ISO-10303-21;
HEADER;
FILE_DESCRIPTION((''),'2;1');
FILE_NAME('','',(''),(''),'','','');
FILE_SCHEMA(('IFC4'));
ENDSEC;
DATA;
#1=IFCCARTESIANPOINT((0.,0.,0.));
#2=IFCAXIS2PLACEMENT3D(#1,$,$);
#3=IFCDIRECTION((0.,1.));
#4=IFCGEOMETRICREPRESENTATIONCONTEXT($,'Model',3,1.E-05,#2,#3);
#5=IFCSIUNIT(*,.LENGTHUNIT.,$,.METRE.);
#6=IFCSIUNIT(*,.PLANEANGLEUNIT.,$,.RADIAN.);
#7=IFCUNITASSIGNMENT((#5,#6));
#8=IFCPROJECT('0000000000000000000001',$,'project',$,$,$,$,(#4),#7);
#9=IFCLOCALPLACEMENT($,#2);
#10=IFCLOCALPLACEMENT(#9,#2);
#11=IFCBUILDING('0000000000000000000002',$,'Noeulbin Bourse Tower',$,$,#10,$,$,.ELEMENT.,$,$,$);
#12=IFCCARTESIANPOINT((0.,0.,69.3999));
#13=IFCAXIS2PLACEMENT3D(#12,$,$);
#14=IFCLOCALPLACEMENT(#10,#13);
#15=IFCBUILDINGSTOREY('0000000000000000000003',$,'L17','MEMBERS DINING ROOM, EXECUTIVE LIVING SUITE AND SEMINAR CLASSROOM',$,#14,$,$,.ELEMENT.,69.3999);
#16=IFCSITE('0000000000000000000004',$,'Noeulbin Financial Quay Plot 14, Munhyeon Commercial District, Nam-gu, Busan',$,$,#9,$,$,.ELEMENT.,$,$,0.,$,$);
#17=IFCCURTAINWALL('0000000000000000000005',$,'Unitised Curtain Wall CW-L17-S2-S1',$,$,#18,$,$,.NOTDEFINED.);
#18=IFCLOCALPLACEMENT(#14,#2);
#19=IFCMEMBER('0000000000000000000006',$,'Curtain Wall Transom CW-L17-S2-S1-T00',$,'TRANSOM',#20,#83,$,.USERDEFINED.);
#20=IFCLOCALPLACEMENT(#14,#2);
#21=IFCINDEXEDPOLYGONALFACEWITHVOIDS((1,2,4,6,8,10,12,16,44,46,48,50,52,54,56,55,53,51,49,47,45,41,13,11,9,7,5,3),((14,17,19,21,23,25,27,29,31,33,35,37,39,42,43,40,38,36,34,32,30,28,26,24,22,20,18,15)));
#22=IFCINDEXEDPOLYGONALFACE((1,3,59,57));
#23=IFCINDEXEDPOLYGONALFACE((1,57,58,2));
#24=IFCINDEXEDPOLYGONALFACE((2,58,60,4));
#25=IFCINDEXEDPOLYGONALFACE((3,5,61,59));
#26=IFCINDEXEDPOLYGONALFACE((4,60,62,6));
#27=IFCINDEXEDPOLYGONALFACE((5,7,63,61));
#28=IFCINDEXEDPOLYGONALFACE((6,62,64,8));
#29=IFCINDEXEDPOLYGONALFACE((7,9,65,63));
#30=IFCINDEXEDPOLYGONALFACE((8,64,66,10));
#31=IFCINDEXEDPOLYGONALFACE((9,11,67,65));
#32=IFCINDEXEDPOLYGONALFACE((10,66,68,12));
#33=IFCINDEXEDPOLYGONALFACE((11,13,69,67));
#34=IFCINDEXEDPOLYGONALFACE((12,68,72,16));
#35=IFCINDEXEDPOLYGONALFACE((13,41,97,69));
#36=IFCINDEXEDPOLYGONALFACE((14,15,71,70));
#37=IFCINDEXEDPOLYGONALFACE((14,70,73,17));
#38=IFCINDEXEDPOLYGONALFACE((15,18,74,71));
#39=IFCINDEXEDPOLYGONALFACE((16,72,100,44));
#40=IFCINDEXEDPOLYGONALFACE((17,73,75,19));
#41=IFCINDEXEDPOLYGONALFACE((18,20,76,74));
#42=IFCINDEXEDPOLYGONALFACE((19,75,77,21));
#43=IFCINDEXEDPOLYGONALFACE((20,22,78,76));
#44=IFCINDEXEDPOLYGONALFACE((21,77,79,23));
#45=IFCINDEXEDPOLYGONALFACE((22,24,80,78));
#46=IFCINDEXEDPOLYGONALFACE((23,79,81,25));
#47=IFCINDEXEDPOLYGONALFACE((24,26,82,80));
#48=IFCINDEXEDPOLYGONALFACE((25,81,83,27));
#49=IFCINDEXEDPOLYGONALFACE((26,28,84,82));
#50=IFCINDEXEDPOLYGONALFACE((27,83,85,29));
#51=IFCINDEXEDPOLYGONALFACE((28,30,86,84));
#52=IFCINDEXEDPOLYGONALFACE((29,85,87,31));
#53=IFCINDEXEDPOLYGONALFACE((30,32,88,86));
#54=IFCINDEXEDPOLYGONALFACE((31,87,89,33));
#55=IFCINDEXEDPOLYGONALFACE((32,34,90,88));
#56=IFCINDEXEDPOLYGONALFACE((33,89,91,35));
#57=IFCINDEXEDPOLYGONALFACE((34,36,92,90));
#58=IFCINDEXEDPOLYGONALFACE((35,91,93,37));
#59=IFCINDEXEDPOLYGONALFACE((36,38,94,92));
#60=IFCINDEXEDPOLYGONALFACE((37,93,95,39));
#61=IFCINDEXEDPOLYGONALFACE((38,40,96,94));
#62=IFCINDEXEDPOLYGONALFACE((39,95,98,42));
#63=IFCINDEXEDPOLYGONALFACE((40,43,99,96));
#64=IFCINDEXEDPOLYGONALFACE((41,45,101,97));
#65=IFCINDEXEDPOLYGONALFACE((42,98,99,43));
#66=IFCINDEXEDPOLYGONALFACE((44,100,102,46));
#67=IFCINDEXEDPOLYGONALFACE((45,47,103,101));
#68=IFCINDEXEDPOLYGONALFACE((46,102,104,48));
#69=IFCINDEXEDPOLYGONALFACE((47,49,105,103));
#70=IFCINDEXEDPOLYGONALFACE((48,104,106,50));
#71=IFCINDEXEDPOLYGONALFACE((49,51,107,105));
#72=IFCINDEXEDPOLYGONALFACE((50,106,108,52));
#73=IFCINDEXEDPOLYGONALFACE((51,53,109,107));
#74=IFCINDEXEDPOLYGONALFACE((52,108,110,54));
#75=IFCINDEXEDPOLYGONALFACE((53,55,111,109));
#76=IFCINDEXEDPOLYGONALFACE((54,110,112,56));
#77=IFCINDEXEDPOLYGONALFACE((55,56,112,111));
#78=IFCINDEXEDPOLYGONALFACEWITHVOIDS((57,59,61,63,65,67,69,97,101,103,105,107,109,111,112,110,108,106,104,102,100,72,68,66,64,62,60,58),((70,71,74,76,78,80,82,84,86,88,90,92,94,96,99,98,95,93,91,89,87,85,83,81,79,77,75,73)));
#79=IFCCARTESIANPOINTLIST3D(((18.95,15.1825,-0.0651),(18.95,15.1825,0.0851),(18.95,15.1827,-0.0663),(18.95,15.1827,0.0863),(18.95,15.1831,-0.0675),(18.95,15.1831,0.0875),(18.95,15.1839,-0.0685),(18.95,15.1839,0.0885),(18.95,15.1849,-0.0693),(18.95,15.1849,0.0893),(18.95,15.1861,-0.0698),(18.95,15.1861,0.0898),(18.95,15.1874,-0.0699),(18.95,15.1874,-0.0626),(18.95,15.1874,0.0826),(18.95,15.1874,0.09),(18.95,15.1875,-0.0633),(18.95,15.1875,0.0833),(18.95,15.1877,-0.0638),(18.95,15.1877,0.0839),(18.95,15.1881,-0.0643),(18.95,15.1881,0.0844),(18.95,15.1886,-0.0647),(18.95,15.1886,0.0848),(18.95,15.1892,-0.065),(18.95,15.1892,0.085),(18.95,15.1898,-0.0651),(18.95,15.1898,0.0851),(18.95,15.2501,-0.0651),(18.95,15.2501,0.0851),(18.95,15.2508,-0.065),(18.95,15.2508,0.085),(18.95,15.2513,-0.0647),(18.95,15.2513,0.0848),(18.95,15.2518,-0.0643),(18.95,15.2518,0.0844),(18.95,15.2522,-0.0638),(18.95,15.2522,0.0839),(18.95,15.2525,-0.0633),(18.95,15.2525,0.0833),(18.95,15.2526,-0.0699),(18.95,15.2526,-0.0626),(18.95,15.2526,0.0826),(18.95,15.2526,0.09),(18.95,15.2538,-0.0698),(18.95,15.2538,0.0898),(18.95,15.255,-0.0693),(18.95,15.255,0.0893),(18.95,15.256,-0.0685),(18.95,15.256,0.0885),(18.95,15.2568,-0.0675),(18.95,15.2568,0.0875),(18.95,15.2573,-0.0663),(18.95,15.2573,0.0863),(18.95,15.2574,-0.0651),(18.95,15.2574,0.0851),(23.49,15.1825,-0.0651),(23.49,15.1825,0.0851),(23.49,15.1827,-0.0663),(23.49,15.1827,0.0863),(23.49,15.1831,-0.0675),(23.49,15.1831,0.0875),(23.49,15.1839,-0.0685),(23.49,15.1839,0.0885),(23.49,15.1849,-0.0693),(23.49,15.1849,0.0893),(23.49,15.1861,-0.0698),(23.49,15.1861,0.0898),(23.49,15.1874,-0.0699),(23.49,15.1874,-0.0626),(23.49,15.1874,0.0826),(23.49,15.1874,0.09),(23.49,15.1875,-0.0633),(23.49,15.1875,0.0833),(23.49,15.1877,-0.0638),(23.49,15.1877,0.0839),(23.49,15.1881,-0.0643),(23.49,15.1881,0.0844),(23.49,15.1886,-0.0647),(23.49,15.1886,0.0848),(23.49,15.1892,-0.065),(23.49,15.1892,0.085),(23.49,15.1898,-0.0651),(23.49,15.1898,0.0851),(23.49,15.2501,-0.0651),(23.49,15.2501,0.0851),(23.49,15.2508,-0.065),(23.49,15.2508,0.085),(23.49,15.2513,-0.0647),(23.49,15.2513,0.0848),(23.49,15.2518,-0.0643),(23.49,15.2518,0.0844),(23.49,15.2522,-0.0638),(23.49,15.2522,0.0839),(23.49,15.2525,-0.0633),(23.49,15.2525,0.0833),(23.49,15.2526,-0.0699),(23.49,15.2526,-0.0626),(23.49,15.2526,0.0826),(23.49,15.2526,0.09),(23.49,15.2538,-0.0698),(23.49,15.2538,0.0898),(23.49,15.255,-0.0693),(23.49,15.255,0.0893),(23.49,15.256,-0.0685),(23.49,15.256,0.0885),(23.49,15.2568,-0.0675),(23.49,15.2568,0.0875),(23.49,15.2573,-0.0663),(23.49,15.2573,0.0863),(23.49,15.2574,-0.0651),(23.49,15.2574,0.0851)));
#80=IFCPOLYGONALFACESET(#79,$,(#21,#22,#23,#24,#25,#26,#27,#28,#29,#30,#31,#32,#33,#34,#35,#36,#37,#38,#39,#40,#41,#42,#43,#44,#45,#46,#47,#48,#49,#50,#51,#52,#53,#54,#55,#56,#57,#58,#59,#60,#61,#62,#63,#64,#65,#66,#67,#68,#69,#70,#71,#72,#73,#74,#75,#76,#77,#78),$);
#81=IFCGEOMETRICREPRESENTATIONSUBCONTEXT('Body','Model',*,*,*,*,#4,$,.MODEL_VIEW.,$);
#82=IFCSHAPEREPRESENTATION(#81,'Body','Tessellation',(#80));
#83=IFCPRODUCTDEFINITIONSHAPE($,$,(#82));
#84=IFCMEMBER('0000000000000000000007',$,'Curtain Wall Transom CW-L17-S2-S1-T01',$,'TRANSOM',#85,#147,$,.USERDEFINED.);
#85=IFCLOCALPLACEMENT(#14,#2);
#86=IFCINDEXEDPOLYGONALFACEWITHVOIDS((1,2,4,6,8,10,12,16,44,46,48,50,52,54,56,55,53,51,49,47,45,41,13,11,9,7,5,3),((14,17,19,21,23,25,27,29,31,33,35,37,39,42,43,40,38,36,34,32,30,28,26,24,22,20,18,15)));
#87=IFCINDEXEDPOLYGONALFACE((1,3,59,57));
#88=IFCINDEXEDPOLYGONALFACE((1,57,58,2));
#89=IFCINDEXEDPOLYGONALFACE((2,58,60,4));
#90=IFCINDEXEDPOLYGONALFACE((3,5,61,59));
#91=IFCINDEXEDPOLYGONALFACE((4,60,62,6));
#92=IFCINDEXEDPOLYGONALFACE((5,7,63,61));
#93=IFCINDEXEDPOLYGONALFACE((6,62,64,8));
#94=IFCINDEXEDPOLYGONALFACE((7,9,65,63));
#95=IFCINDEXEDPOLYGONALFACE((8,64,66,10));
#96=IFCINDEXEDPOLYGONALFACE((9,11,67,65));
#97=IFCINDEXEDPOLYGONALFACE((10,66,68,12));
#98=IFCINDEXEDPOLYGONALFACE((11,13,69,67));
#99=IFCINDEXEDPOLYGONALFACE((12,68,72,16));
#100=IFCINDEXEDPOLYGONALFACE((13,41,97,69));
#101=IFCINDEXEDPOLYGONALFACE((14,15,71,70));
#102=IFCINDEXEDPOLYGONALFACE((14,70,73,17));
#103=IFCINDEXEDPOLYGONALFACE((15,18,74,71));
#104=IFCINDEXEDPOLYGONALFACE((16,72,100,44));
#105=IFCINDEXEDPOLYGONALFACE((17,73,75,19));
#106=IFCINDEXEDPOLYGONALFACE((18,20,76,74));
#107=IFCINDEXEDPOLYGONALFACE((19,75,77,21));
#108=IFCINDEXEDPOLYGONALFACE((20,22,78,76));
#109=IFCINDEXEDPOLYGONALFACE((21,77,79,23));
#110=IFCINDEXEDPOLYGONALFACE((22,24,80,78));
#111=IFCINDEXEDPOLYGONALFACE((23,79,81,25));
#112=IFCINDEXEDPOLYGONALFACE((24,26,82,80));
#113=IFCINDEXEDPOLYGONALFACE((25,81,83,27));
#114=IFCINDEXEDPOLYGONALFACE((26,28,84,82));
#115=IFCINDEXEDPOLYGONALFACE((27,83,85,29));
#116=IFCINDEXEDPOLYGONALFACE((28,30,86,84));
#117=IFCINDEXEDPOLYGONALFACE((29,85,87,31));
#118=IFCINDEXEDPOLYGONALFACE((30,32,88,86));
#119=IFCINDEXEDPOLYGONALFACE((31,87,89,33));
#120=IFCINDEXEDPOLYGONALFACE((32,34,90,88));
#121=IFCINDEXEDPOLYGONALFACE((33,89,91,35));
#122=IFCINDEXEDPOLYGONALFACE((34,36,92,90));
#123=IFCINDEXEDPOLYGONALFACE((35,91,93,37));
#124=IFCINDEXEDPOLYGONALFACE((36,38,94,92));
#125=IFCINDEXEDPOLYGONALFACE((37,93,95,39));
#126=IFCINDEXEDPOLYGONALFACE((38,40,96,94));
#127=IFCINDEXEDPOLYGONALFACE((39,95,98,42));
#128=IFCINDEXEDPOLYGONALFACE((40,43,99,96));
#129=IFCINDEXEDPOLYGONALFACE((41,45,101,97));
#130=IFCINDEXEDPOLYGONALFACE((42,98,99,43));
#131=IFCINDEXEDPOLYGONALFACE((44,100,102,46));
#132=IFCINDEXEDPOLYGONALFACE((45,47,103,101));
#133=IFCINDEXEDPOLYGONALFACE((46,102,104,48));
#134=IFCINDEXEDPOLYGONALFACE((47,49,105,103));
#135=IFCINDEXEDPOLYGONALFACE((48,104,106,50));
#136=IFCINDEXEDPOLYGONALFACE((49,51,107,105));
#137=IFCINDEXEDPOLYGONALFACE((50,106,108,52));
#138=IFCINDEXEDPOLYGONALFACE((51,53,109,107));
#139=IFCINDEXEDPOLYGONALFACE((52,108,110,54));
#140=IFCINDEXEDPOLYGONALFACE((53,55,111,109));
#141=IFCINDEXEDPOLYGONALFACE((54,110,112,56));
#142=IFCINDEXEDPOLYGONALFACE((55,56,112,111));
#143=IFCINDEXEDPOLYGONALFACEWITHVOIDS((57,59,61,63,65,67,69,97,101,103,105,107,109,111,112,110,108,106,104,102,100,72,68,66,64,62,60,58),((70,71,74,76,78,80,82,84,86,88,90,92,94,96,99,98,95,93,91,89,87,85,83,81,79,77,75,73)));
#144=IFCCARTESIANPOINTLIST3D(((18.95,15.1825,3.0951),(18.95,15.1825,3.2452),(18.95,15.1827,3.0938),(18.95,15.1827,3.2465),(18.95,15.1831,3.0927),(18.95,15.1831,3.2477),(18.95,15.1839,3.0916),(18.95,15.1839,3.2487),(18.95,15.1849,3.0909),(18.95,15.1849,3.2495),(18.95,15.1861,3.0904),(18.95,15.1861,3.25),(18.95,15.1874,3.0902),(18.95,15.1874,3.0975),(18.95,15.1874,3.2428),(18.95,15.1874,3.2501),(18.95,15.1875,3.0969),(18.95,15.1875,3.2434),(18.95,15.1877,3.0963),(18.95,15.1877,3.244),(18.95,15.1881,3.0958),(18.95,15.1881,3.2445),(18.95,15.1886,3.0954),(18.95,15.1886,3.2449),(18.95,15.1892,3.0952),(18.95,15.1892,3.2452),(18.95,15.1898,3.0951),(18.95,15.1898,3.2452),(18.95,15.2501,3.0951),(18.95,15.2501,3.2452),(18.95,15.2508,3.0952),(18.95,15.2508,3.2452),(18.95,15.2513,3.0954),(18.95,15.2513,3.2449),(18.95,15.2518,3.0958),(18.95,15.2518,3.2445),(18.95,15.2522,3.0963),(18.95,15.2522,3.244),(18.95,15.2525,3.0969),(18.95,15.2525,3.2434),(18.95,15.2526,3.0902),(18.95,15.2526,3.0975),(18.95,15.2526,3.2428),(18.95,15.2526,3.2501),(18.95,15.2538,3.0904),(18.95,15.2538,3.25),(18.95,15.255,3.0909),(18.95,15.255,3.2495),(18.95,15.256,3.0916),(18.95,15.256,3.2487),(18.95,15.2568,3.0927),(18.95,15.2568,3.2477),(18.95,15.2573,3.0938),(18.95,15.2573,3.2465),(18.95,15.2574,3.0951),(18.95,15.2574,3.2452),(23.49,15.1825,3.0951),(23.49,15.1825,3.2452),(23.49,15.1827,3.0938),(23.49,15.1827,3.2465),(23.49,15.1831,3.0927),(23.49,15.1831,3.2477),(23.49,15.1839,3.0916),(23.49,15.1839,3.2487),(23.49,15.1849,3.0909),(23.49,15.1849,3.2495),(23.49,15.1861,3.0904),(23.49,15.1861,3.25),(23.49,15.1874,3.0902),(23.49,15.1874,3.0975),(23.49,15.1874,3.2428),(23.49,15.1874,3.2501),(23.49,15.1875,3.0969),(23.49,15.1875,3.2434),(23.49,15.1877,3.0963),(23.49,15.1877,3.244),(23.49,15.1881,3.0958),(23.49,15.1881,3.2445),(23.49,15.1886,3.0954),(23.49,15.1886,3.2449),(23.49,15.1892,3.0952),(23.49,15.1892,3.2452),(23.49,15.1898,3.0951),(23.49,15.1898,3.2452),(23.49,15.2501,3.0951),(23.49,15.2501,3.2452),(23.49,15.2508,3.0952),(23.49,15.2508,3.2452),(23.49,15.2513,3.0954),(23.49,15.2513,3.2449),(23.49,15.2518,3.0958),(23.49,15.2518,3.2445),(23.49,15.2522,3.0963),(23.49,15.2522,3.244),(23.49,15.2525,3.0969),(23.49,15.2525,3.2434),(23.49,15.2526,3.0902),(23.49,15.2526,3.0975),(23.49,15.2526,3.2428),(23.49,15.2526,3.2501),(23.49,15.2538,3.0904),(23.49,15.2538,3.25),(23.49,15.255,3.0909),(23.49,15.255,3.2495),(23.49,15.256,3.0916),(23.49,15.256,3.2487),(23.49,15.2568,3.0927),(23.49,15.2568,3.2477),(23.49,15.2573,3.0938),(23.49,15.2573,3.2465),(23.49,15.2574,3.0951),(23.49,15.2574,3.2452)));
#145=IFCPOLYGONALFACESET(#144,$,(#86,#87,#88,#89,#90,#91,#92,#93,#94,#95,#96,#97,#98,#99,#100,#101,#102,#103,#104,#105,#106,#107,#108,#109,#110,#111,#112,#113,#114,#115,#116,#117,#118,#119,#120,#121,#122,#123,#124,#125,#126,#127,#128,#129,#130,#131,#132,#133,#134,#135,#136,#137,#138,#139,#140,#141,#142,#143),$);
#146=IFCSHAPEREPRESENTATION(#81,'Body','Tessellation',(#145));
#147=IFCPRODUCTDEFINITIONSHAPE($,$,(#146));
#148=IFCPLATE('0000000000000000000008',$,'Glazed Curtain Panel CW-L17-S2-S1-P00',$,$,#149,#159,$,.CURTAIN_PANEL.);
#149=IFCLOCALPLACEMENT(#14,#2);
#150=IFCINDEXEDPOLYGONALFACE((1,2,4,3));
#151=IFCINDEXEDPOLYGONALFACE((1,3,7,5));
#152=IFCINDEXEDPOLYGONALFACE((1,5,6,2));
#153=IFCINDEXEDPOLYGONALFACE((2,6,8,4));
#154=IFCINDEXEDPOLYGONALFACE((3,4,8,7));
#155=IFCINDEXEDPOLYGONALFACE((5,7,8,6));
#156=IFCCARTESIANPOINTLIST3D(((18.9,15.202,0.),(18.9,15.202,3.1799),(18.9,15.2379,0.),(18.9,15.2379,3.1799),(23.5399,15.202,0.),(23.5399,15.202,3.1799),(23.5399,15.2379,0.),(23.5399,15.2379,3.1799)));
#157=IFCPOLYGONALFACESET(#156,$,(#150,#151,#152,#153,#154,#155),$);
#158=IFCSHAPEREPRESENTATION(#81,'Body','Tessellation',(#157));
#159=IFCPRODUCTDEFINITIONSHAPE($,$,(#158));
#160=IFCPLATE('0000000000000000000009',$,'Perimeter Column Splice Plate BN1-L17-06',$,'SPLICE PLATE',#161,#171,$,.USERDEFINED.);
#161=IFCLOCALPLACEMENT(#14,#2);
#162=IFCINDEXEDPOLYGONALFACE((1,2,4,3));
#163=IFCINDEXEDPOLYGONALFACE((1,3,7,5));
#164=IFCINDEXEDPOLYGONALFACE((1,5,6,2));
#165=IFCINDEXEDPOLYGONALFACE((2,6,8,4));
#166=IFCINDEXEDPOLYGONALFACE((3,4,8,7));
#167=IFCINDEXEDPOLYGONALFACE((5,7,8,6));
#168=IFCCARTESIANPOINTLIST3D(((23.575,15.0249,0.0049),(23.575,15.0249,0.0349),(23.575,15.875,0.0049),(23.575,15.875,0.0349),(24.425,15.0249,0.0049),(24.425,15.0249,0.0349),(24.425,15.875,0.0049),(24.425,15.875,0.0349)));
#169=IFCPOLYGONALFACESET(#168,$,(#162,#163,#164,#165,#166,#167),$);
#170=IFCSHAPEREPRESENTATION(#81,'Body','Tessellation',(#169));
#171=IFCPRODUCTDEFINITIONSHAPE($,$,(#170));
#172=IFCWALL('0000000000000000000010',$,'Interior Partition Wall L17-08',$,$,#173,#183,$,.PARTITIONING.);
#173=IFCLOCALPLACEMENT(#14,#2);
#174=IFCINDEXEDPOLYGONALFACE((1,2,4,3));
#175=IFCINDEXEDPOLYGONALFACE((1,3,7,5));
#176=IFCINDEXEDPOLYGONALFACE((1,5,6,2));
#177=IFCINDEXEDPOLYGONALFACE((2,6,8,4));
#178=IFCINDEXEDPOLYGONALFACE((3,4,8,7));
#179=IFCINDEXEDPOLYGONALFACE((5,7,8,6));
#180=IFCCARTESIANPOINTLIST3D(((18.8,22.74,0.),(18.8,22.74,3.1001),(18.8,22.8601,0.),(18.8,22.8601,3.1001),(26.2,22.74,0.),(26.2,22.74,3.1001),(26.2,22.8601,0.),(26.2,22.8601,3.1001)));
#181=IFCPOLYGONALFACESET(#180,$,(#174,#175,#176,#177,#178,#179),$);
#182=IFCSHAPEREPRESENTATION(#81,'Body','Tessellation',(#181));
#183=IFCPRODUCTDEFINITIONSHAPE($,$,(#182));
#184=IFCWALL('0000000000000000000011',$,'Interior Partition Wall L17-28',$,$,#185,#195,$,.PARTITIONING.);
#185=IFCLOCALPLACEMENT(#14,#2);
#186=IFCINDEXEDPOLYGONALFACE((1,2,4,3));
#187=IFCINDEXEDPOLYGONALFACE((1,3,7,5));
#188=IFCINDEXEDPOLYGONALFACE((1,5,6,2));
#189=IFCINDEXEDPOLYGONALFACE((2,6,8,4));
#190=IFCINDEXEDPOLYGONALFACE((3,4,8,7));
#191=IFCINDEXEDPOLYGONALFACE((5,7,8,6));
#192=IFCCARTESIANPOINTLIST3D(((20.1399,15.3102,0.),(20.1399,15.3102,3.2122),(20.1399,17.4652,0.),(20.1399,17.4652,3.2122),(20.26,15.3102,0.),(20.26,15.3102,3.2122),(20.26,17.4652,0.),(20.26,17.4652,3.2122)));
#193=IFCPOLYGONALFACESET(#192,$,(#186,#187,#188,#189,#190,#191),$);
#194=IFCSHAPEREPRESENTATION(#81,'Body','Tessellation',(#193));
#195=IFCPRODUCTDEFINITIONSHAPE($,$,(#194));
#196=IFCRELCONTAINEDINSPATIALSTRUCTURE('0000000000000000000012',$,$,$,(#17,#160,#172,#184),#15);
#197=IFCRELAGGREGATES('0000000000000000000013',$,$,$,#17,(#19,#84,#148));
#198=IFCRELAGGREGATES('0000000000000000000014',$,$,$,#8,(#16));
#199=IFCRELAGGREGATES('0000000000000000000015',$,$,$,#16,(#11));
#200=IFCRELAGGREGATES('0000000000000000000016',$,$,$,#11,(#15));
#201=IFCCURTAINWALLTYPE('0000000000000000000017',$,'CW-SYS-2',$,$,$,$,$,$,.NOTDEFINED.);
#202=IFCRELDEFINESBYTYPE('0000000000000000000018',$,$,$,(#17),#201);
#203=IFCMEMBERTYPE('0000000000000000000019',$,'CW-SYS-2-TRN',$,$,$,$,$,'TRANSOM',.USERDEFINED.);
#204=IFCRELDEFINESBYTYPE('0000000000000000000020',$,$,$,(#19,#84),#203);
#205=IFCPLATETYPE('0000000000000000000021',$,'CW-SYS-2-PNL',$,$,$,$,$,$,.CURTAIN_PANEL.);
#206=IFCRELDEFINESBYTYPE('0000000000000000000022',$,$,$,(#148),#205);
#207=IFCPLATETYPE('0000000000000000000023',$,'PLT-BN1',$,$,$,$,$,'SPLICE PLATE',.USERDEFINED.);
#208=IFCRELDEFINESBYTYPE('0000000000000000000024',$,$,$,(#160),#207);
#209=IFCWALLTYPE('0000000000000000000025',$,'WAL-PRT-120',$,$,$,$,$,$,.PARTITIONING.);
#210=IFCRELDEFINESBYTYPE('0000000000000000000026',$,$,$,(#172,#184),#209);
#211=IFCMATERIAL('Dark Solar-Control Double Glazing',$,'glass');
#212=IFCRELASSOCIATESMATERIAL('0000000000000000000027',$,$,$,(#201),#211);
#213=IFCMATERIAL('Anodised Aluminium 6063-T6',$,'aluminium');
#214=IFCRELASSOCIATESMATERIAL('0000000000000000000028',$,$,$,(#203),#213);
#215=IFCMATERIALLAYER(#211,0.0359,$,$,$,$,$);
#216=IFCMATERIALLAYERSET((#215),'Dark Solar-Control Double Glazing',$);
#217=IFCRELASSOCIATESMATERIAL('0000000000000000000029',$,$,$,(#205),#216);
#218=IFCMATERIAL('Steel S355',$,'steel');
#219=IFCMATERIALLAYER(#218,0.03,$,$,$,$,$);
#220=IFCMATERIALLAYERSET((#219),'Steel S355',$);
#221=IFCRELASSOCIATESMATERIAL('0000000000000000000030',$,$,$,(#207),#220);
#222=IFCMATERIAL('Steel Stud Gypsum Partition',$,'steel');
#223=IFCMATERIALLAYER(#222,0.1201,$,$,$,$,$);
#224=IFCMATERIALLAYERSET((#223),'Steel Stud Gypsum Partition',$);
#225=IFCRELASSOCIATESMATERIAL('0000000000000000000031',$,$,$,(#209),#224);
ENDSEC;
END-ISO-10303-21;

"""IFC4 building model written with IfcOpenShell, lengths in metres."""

from ifc_helpers import new_model, si_unit, direction, frame, frame_2d, origin, origin_2d, place, context, subcontext, project, spatial, rectangle, hollow_rectangle, extrude, material, layer, layer_set, material_profile, profile_set, type_object, element, aggregate, save


model = new_model("IFC4")

# Units and contexts
model_context = context("Model", 3, precision=1e-05, world=origin(), true_north=direction((0.0, 1.0)))
body_context = subcontext(model_context, "Body", "Model", "MODEL_VIEW")
ifc_project = project(units=[si_unit("LENGTHUNIT", "METRE"), si_unit("PLANEANGLEUNIT", "RADIAN")], contexts=[model_context])

# Site, building, storey
site_placement = place(None, origin())
site = spatial("IfcSite", under=ifc_project, at=site_placement, Name="Noeulbin Financial Quay Plot 14, Munhyeon Commercial District, Nam-gu, Busan", CompositionType="ELEMENT", RefElevation=0.0)
building_placement = place(site_placement, origin())
building = spatial("IfcBuilding", under=site, at=building_placement, Name="Noeulbin Bourse Tower", CompositionType="ELEMENT")
storey_placement = place(building_placement, frame((0.0, 0.0, 69.3999)))
storey = spatial("IfcBuildingStorey", under=building, at=storey_placement, Name="L17", Description="MEMBERS DINING ROOM, EXECUTIVE LIVING SUITE AND SEMINAR CLASSROOM", CompositionType="ELEMENT", Elevation=69.3999)

# Shared definitions
ifc_material_1 = material(Name="Steel S355", Category="steel")

# Curtain wall, members, plate
ifc_material_2 = material(Name="Dark Solar-Control Double Glazing", Category="glass")
curtain_wall_type = type_object("IfcCurtainWallType", Name="CW-SYS-2", PredefinedType="NOTDEFINED", material=ifc_material_2)
curtain_wall_placement = place(storey_placement, origin())
curtain_wall = element("IfcCurtainWall", 1, at=curtain_wall_placement, inside=storey, type_object=curtain_wall_type, Name="Unitised Curtain Wall CW-L17-S2-S1", PredefinedType="NOTDEFINED")
ifc_material_3 = material(Name="Anodised Aluminium 6063-T6", Category="aluminium")
ifc_material_profile_1 = material_profile(ifc_material_3, hollow_rectangle(XDim=0.075, YDim=0.1599, WallThickness=0.0049, InnerFilletRadius=0.0024, OuterFilletRadius=0.0049, at=origin_2d()), Name="ALU-TRAN-75x160x5", Category="LoadBearing")
ifc_profile_set_1 = profile_set([ifc_material_profile_1], Name="Anodised Aluminium 6063-T6")
member_type_1 = type_object("IfcMemberType", Name="CW-SYS-2-TRN", ElementType="TRANSOM", PredefinedType="USERDEFINED", material=ifc_profile_set_1)
member_1_placement = place(storey_placement, frame((18.95, 15.22, 0.01), z_axis=(1.0, 0.0, 0.0), x_axis=(0.0, 1.0, 0.0)))
member_1 = element("IfcMember", 2, at=member_1_placement, type_object=member_type_1, Name="Curtain Wall Transom CW-L17-S2-S1-T00", ObjectType="TRANSOM", PredefinedType="USERDEFINED", context=body_context, shape_type="SweptSolid", body=[
    extrude(hollow_rectangle(XDim=0.075, YDim=0.1599, WallThickness=0.0049, InnerFilletRadius=0.0024, OuterFilletRadius=0.0049, at=origin_2d()), origin(), (0.0, 0.0, 1.0), 4.54),
])
member_2_placement = place(storey_placement, frame((18.95, 15.22, 3.1702), z_axis=(1.0, 0.0, 0.0), x_axis=(0.0, 1.0, 0.0)))
member_2 = element("IfcMember", 3, at=member_2_placement, type_object=member_type_1, Name="Curtain Wall Transom CW-L17-S2-S1-T01", ObjectType="TRANSOM", PredefinedType="USERDEFINED", context=body_context, shape_type="SweptSolid", body=[
    extrude(hollow_rectangle(XDim=0.075, YDim=0.1599, WallThickness=0.0049, InnerFilletRadius=0.0024, OuterFilletRadius=0.0049, at=origin_2d()), origin(), (0.0, 0.0, 1.0), 4.54),
])
ifc_layer_1 = layer(ifc_material_2, 0.0359)
ifc_layer_set_1 = layer_set([ifc_layer_1], Name="Dark Solar-Control Double Glazing")
plate_type_1 = type_object("IfcPlateType", Name="CW-SYS-2-PNL", PredefinedType="CURTAIN_PANEL", material=ifc_layer_set_1)
plate_1_placement = place(storey_placement, frame((21.22, 15.22, 0.0), z_axis=(0.0, 0.0, 1.0), x_axis=(1.0, 0.0, 0.0)))
plate_1 = element("IfcPlate", 4, at=plate_1_placement, type_object=plate_type_1, Name="Glazed Curtain Panel CW-L17-S2-S1-P00", PredefinedType="CURTAIN_PANEL", context=body_context, shape_type="SweptSolid", body=[
    extrude(rectangle(XDim=4.6399, YDim=0.0359, at=origin_2d()), origin(), (0.0, 0.0, 1.0), 3.1799),
])
aggregate(curtain_wall, [member_1, member_2, plate_1])

# Plate
ifc_layer_2 = layer(ifc_material_1, 0.03)
ifc_layer_set_2 = layer_set([ifc_layer_2], Name="Steel S355")
plate_type_2 = type_object("IfcPlateType", Name="PLT-BN1", ElementType="SPLICE PLATE", PredefinedType="USERDEFINED", material=ifc_layer_set_2)
plate_2_placement = place(storey_placement, frame((24.0, 15.45, 0.0049), z_axis=(0.0, 0.0, 1.0), x_axis=(1.0, 0.0, 0.0)))
element("IfcPlate", 5, at=plate_2_placement, inside=storey, type_object=plate_type_2, Name="Perimeter Column Splice Plate BN1-L17-06", ObjectType="SPLICE PLATE", PredefinedType="USERDEFINED", context=body_context, shape_type="SweptSolid", body=[
    extrude(rectangle(XDim=0.8501, YDim=0.8501, at=origin_2d()), origin(), (0.0, 0.0, 1.0), 0.03),
])

# Walls
ifc_material_4 = material(Name="Steel Stud Gypsum Partition", Category="steel")
ifc_layer_3 = layer(ifc_material_4, 0.1201)
ifc_layer_set_3 = layer_set([ifc_layer_3], Name="Steel Stud Gypsum Partition")
wall_type = type_object("IfcWallType", Name="WAL-PRT-120", PredefinedType="PARTITIONING", material=ifc_layer_set_3)
wall_1_placement = place(storey_placement, frame((18.8, 22.8, 0.0), z_axis=(0.0, 0.0, 1.0), x_axis=(1.0, 0.0, 0.0)))
element("IfcWall", 6, at=wall_1_placement, inside=storey, type_object=wall_type, Name="Interior Partition Wall L17-08", PredefinedType="PARTITIONING", context=body_context, shape_type="SweptSolid", body=[
    extrude(rectangle(XDim=7.3999, YDim=0.1201, at=frame_2d((3.7, 0.0))), origin(), (0.0, 0.0, 1.0), 3.1001),
])
wall_2_placement = place(storey_placement, frame((20.2, 15.3101, 0.0), z_axis=(0.0, 0.0, 1.0), x_axis=(0.0, 1.0, 0.0)))
element("IfcWall", 7, at=wall_2_placement, inside=storey, type_object=wall_type, Name="Interior Partition Wall L17-28", PredefinedType="PARTITIONING", context=body_context, shape_type="SweptSolid", body=[
    extrude(rectangle(XDim=2.155, YDim=0.1201, at=frame_2d((1.0776, 0.0))), origin(), (0.0, 0.0, 1.0), 3.2122),
])

save(model, "model.ifc")
